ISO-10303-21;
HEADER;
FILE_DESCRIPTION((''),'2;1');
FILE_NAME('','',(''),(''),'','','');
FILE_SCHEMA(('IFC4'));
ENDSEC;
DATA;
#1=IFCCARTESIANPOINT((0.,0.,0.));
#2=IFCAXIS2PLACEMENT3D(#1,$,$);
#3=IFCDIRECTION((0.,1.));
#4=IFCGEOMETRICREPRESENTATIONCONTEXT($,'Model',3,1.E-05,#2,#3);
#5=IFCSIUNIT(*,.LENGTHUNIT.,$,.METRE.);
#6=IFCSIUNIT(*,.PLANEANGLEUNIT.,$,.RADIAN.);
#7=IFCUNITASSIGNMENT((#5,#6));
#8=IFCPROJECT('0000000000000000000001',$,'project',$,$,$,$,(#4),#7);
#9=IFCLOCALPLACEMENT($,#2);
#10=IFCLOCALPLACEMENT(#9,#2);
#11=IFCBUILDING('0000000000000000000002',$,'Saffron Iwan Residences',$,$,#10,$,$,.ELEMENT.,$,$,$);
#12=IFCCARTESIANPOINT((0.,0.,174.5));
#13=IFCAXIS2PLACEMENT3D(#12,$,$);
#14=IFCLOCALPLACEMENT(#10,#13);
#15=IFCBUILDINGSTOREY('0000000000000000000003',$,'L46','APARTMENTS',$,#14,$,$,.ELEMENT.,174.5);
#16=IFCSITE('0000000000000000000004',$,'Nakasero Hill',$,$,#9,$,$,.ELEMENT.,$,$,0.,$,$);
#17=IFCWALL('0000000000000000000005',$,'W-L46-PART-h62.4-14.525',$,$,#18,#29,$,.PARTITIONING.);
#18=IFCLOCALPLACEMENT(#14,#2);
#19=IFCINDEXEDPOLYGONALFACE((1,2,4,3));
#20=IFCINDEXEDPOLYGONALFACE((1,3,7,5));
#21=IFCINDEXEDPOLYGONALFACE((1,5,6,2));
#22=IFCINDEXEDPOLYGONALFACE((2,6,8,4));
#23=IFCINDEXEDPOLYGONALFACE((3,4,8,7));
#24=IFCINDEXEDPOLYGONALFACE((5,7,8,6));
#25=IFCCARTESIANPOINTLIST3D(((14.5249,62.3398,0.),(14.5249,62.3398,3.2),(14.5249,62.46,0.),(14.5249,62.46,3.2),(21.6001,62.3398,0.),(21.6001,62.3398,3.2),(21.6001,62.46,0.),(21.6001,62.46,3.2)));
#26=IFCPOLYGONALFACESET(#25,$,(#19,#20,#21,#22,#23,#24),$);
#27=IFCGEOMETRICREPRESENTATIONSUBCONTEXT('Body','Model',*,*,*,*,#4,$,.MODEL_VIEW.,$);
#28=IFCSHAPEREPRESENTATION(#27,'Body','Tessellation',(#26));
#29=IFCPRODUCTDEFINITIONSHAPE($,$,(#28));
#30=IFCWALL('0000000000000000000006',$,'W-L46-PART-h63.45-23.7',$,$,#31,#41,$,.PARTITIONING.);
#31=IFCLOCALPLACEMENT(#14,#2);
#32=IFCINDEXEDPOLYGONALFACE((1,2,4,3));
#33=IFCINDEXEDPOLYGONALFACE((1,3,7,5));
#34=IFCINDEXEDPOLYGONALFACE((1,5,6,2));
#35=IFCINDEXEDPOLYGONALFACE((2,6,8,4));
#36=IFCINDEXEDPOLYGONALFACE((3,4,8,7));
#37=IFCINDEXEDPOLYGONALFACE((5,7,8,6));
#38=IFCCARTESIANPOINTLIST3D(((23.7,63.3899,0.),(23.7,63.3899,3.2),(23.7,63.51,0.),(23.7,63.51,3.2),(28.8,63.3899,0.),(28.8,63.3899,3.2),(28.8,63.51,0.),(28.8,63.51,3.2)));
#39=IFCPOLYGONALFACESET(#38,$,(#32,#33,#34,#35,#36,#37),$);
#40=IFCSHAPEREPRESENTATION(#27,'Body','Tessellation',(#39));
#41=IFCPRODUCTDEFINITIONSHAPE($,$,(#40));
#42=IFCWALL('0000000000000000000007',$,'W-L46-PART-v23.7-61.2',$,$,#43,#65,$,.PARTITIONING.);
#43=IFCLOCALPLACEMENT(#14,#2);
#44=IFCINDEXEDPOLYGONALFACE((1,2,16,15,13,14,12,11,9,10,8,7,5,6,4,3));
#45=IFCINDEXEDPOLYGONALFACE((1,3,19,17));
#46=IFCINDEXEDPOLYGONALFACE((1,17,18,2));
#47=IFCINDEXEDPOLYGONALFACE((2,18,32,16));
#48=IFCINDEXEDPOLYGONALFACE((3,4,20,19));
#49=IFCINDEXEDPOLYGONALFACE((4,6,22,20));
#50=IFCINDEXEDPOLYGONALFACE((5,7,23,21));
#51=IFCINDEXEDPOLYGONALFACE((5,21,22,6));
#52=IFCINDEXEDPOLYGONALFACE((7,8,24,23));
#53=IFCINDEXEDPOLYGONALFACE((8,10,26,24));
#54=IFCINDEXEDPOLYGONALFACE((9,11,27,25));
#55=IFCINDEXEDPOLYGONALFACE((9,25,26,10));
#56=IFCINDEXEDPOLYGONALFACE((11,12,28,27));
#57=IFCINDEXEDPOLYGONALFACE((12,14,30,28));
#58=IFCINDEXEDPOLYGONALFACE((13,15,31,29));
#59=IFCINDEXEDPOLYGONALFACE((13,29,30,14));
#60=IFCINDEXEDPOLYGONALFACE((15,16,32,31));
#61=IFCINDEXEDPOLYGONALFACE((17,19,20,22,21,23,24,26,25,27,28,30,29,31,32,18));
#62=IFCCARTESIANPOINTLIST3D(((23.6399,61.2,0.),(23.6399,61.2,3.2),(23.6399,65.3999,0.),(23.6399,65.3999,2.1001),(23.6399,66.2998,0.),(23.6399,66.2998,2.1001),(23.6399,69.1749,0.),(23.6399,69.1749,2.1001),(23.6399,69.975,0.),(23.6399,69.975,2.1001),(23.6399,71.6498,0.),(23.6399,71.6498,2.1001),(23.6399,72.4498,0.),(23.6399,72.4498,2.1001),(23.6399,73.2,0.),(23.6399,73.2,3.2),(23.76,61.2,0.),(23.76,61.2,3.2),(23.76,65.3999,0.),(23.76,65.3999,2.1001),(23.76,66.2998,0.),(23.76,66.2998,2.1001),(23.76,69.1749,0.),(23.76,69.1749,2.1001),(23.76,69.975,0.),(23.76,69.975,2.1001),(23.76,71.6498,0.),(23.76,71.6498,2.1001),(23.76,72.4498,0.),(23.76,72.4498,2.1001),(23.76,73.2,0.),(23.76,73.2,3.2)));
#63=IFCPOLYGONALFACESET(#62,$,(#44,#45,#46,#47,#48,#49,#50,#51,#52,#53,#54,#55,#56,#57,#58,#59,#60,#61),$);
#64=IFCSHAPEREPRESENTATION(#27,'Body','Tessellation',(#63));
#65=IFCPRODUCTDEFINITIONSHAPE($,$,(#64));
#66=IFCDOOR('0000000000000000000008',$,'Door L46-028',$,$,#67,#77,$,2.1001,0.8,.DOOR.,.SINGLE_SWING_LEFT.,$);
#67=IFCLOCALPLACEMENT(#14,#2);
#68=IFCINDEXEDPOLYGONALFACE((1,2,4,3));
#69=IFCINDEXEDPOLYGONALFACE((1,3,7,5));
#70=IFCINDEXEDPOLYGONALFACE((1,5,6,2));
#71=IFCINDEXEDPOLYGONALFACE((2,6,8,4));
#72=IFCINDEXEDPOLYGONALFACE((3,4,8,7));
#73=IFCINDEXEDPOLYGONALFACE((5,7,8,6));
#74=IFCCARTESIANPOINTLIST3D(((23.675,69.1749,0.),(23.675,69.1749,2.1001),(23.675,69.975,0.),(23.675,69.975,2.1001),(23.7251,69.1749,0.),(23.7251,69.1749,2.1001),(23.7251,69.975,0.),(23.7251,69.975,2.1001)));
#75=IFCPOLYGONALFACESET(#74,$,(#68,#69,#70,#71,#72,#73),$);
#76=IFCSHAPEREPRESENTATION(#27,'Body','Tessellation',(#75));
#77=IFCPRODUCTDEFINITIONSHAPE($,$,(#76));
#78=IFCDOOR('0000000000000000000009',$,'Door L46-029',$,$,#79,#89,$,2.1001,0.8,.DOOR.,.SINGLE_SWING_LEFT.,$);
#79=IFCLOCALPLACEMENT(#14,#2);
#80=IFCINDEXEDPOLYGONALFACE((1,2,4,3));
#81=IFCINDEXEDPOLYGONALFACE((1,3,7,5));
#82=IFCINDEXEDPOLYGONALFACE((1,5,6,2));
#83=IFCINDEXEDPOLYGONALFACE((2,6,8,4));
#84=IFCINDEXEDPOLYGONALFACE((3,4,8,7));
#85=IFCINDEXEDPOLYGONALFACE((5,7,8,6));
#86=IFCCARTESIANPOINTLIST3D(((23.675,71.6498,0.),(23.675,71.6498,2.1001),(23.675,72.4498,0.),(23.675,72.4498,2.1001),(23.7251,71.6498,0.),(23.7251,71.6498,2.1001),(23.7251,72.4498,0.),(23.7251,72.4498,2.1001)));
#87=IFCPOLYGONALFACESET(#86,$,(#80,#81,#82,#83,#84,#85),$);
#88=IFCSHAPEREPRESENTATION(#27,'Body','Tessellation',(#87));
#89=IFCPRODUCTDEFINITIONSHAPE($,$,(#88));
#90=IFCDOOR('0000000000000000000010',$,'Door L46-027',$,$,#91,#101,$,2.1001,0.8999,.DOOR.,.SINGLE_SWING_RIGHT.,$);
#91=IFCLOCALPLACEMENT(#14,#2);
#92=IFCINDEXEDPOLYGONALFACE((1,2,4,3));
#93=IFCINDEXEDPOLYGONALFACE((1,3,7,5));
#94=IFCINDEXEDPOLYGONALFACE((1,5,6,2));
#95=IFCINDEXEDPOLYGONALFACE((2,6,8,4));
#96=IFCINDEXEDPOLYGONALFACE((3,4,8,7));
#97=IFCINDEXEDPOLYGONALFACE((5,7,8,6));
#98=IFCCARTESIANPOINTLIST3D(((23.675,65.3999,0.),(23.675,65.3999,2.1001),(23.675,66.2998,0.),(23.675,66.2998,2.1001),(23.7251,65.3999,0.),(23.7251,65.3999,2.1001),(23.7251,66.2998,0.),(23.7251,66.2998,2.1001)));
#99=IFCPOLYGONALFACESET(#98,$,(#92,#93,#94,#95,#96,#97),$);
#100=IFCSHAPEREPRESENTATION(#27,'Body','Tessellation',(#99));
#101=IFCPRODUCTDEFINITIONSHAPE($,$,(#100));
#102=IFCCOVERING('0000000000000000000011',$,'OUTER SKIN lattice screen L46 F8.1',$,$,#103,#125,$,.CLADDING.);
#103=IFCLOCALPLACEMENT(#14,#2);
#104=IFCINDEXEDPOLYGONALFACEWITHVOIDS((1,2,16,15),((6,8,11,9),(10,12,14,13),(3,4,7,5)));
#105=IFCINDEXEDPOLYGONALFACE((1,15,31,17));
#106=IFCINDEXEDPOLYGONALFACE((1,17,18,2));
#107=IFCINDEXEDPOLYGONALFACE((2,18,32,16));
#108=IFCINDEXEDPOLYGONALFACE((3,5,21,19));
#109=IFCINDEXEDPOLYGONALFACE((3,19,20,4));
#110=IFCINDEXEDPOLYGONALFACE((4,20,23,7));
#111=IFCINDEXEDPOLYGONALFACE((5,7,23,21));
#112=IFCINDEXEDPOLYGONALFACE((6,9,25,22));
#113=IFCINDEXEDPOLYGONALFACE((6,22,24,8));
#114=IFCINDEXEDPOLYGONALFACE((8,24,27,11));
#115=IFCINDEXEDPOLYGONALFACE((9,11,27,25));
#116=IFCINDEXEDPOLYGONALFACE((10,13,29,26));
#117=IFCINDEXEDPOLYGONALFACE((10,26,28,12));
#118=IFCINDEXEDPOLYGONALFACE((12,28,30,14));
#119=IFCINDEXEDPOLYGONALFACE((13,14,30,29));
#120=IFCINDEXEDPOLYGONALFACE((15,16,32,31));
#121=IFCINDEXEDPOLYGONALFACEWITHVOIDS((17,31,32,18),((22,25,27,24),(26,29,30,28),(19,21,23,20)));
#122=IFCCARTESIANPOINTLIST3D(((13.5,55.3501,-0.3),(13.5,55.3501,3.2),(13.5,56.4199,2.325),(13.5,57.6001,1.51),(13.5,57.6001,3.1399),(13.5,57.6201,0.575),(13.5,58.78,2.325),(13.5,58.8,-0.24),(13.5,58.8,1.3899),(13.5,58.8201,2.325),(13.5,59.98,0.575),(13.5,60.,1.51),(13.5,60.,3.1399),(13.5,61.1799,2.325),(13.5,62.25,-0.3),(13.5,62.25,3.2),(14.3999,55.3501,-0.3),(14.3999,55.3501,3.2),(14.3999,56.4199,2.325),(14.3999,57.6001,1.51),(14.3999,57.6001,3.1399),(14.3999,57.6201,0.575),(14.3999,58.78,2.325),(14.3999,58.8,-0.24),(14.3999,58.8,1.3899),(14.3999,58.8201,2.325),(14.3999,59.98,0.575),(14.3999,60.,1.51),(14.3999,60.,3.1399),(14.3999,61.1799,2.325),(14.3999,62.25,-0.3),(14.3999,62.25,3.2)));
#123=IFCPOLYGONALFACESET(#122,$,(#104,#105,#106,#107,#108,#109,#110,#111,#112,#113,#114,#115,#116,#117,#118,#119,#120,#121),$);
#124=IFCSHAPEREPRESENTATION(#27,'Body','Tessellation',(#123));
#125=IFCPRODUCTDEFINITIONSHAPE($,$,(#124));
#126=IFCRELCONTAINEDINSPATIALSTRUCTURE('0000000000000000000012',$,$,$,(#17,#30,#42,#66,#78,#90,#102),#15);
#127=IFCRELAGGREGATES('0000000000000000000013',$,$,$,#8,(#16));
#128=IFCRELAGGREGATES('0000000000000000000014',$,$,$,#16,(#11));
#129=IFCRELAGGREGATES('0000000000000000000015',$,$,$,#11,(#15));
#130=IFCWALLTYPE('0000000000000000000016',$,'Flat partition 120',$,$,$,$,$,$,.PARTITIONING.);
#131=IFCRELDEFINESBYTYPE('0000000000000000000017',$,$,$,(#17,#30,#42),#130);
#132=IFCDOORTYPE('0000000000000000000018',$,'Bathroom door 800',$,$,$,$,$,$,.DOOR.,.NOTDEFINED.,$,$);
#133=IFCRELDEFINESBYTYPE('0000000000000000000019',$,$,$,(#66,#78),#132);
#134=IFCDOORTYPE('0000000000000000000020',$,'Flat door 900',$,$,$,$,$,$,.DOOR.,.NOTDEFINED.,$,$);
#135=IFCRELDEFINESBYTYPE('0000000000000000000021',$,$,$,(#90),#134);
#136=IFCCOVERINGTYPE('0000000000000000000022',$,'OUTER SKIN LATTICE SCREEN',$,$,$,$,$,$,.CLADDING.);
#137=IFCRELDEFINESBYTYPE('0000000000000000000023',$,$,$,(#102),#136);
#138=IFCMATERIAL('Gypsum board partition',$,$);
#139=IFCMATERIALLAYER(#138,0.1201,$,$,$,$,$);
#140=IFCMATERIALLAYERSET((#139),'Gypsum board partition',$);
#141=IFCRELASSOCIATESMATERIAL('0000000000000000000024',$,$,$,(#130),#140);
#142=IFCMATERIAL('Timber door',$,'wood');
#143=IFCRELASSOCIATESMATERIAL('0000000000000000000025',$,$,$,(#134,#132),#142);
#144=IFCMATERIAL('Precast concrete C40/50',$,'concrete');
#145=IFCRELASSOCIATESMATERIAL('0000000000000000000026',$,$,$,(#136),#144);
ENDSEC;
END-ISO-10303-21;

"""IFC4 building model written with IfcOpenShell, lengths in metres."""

from ifc_helpers import new_model, si_unit, direction, frame, frame_2d, origin, place, context, subcontext, project, spatial, polyline, rectangle, outline, extrude, material, layer, layer_set, type_object, element, fill, save


model = new_model("IFC4")

# Units and contexts
model_context = context("Model", 3, precision=1e-05, world=origin(), true_north=direction((0.0, 1.0)))
body_context = subcontext(model_context, "Body", "Model", "MODEL_VIEW")
ifc_project = project(units=[si_unit("LENGTHUNIT", "METRE"), si_unit("PLANEANGLEUNIT", "RADIAN")], contexts=[model_context])

# Site, building, storey
site_placement = place(None, origin())
site = spatial("IfcSite", under=ifc_project, at=site_placement, Name="Nakasero Hill", CompositionType="ELEMENT", RefElevation=0.0)
building_placement = place(site_placement, origin())
building = spatial("IfcBuilding", under=site, at=building_placement, Name="Saffron Iwan Residences", CompositionType="ELEMENT")
storey_placement = place(building_placement, frame((0.0, 0.0, 174.5)))
storey = spatial("IfcBuildingStorey", under=building, at=storey_placement, Name="L46", Description="APARTMENTS", CompositionType="ELEMENT", Elevation=174.5)

# Shared definitions
ifc_material_1 = material(Name="Gypsum board partition")
ifc_layer_1 = layer(ifc_material_1, 0.1201)
ifc_layer_set_1 = layer_set([ifc_layer_1], Name="Gypsum board partition")
wall_type_1 = type_object("IfcWallType", Name="Flat partition 120", PredefinedType="PARTITIONING", material=ifc_layer_set_1)
ifc_material_2 = material(Name="Timber door", Category="wood")
door_type_1 = type_object("IfcDoorType", Name="Flat door 900", OperationType="NOTDEFINED", PredefinedType="DOOR", material=ifc_material_2)

# Walls
wall_1_placement = place(storey_placement, frame((14.5249, 62.3999, 0.0), z_axis=(0.0, 0.0, 1.0), x_axis=(1.0, 0.0, 0.0)))
element("IfcWall", 1, at=wall_1_placement, inside=storey, type_object=wall_type_1, Name="W-L46-PART-h62.4-14.525", PredefinedType="PARTITIONING", context=body_context, shape_type="SweptSolid", body=[
    extrude(rectangle(XDim=7.0752, YDim=0.1201, at=frame_2d((3.5376, 0.0))), origin(), (0.0, 0.0, 1.0), 3.2),
])
wall_2_placement = place(storey_placement, frame((23.7, 63.45, 0.0), z_axis=(0.0, 0.0, 1.0), x_axis=(1.0, 0.0, 0.0)))
element("IfcWall", 2, at=wall_2_placement, inside=storey, type_object=wall_type_1, Name="W-L46-PART-h63.45-23.7", PredefinedType="PARTITIONING", context=body_context, shape_type="SweptSolid", body=[
    extrude(rectangle(XDim=5.1001, YDim=0.1201, at=frame_2d((2.55, 0.0))), origin(), (0.0, 0.0, 1.0), 3.2),
])

# Wall, openings, doors
wall_3_placement = place(storey_placement, frame((23.7, 61.2, 0.0), z_axis=(0.0, 0.0, 1.0), x_axis=(0.0, 1.0, 0.0)))
wall_3 = element("IfcWall", 3, at=wall_3_placement, inside=storey, type_object=wall_type_1, Name="W-L46-PART-v23.7-61.2", PredefinedType="PARTITIONING", context=body_context, shape_type="SweptSolid", body=[
    extrude(rectangle(XDim=12.0, YDim=0.1201, at=frame_2d((6.0, 0.0))), origin(), (0.0, 0.0, 1.0), 3.2),
])
opening_1_placement = place(wall_3_placement, frame((4.2, 0.0, 0.0)))
opening_1 = element("IfcOpeningElement", 4, at=opening_1_placement, cuts=wall_3, PredefinedType="OPENING", context=body_context, shape_type="SweptSolid", body=[
    extrude(rectangle(XDim=0.8999, YDim=2.1001, at=frame_2d((0.45, 1.05))), frame((0.0, 0.0701, 0.0), z_axis=(0.0, -1.0, 0.0), x_axis=(1.0, 0.0, 0.0)), (0.0, 0.0, 1.0), 0.1401),
])
opening_2_placement = place(wall_3_placement, frame((7.9751, 0.0, 0.0)))
opening_2 = element("IfcOpeningElement", 5, at=opening_2_placement, cuts=wall_3, PredefinedType="OPENING", context=body_context, shape_type="SweptSolid", body=[
    extrude(rectangle(XDim=0.8, YDim=2.1001, at=frame_2d((0.3999, 1.05))), frame((0.0, 0.0701, 0.0), z_axis=(0.0, -1.0, 0.0), x_axis=(1.0, 0.0, 0.0)), (0.0, 0.0, 1.0), 0.1401),
])
opening_3_placement = place(wall_3_placement, frame((10.45, 0.0, 0.0)))
opening_3 = element("IfcOpeningElement", 6, at=opening_3_placement, cuts=wall_3, PredefinedType="OPENING", context=body_context, shape_type="SweptSolid", body=[
    extrude(rectangle(XDim=0.8, YDim=2.1001, at=frame_2d((0.3999, 1.05))), frame((0.0, 0.0701, 0.0), z_axis=(0.0, -1.0, 0.0), x_axis=(1.0, 0.0, 0.0)), (0.0, 0.0, 1.0), 0.1401),
])
door_type_2 = type_object("IfcDoorType", Name="Bathroom door 800", OperationType="NOTDEFINED", PredefinedType="DOOR", material=ifc_material_2)
door_1_placement = place(opening_2_placement, origin())
door_1 = element("IfcDoor", 7, at=door_1_placement, inside=storey, type_object=door_type_2, Name="Door L46-028", OperationType="SINGLE_SWING_LEFT", OverallHeight=2.1001, OverallWidth=0.8, PredefinedType="DOOR", context=body_context, shape_type="SweptSolid", body=[
    extrude(rectangle(XDim=0.8, YDim=2.1001, at=frame_2d((0.3999, 1.05))), frame((0.0, 0.0249, 0.0), z_axis=(0.0, -1.0, 0.0), x_axis=(1.0, 0.0, 0.0)), (0.0, 0.0, 1.0), 0.05),
])
fill(opening_2, door_1)
door_2_placement = place(opening_3_placement, origin())
door_2 = element("IfcDoor", 8, at=door_2_placement, inside=storey, type_object=door_type_2, Name="Door L46-029", OperationType="SINGLE_SWING_LEFT", OverallHeight=2.1001, OverallWidth=0.8, PredefinedType="DOOR", context=body_context, shape_type="SweptSolid", body=[
    extrude(rectangle(XDim=0.8, YDim=2.1001, at=frame_2d((0.3999, 1.05))), frame((0.0, 0.0249, 0.0), z_axis=(0.0, -1.0, 0.0), x_axis=(1.0, 0.0, 0.0)), (0.0, 0.0, 1.0), 0.05),
])
fill(opening_3, door_2)
door_3_placement = place(opening_1_placement, origin())
door_3 = element("IfcDoor", 9, at=door_3_placement, inside=storey, type_object=door_type_1, Name="Door L46-027", OperationType="SINGLE_SWING_RIGHT", OverallHeight=2.1001, OverallWidth=0.8999, PredefinedType="DOOR", context=body_context, shape_type="SweptSolid", body=[
    extrude(rectangle(XDim=0.8999, YDim=2.1001, at=frame_2d((0.45, 1.05))), frame((0.0, 0.0249, 0.0), z_axis=(0.0, -1.0, 0.0), x_axis=(1.0, 0.0, 0.0)), (0.0, 0.0, 1.0), 0.05),
])
fill(opening_1, door_3)

# Covering
ifc_material_3 = material(Name="Precast concrete C40/50", Category="concrete")
covering_type = type_object("IfcCoveringType", Name="OUTER SKIN LATTICE SCREEN", PredefinedType="CLADDING", material=ifc_material_3)
covering_placement = place(storey_placement, frame((14.3999, 62.25, -0.3), z_axis=(-1.0, 0.0, 0.0), x_axis=(0.0, -1.0, 0.0)))
element("IfcCovering", 10, at=covering_placement, inside=storey, type_object=covering_type, Name="OUTER SKIN lattice screen L46 F8.1", PredefinedType="CLADDING", context=body_context, shape_type="SweptSolid", body=[
    extrude(outline(polyline([(0.0, 0.0), (6.8999, 0.0), (6.8999, 3.5), (0.0, 3.5), (0.0, 0.0)]), holes=[polyline([(2.27, 0.875), (3.45, 0.0601), (4.6299, 0.875), (3.45, 1.6899), (2.27, 0.875)]), polyline([(1.0701, 2.625), (2.25, 1.8101), (3.4299, 2.625), (2.25, 3.4399), (1.0701, 2.625)]), polyline([(3.47, 2.625), (4.6499, 1.8101), (5.8301, 2.625), (4.6499, 3.4399), (3.47, 2.625)])]), origin(), (0.0, 0.0, 1.0), 0.8999),
])

save(model, "model.ifc")
